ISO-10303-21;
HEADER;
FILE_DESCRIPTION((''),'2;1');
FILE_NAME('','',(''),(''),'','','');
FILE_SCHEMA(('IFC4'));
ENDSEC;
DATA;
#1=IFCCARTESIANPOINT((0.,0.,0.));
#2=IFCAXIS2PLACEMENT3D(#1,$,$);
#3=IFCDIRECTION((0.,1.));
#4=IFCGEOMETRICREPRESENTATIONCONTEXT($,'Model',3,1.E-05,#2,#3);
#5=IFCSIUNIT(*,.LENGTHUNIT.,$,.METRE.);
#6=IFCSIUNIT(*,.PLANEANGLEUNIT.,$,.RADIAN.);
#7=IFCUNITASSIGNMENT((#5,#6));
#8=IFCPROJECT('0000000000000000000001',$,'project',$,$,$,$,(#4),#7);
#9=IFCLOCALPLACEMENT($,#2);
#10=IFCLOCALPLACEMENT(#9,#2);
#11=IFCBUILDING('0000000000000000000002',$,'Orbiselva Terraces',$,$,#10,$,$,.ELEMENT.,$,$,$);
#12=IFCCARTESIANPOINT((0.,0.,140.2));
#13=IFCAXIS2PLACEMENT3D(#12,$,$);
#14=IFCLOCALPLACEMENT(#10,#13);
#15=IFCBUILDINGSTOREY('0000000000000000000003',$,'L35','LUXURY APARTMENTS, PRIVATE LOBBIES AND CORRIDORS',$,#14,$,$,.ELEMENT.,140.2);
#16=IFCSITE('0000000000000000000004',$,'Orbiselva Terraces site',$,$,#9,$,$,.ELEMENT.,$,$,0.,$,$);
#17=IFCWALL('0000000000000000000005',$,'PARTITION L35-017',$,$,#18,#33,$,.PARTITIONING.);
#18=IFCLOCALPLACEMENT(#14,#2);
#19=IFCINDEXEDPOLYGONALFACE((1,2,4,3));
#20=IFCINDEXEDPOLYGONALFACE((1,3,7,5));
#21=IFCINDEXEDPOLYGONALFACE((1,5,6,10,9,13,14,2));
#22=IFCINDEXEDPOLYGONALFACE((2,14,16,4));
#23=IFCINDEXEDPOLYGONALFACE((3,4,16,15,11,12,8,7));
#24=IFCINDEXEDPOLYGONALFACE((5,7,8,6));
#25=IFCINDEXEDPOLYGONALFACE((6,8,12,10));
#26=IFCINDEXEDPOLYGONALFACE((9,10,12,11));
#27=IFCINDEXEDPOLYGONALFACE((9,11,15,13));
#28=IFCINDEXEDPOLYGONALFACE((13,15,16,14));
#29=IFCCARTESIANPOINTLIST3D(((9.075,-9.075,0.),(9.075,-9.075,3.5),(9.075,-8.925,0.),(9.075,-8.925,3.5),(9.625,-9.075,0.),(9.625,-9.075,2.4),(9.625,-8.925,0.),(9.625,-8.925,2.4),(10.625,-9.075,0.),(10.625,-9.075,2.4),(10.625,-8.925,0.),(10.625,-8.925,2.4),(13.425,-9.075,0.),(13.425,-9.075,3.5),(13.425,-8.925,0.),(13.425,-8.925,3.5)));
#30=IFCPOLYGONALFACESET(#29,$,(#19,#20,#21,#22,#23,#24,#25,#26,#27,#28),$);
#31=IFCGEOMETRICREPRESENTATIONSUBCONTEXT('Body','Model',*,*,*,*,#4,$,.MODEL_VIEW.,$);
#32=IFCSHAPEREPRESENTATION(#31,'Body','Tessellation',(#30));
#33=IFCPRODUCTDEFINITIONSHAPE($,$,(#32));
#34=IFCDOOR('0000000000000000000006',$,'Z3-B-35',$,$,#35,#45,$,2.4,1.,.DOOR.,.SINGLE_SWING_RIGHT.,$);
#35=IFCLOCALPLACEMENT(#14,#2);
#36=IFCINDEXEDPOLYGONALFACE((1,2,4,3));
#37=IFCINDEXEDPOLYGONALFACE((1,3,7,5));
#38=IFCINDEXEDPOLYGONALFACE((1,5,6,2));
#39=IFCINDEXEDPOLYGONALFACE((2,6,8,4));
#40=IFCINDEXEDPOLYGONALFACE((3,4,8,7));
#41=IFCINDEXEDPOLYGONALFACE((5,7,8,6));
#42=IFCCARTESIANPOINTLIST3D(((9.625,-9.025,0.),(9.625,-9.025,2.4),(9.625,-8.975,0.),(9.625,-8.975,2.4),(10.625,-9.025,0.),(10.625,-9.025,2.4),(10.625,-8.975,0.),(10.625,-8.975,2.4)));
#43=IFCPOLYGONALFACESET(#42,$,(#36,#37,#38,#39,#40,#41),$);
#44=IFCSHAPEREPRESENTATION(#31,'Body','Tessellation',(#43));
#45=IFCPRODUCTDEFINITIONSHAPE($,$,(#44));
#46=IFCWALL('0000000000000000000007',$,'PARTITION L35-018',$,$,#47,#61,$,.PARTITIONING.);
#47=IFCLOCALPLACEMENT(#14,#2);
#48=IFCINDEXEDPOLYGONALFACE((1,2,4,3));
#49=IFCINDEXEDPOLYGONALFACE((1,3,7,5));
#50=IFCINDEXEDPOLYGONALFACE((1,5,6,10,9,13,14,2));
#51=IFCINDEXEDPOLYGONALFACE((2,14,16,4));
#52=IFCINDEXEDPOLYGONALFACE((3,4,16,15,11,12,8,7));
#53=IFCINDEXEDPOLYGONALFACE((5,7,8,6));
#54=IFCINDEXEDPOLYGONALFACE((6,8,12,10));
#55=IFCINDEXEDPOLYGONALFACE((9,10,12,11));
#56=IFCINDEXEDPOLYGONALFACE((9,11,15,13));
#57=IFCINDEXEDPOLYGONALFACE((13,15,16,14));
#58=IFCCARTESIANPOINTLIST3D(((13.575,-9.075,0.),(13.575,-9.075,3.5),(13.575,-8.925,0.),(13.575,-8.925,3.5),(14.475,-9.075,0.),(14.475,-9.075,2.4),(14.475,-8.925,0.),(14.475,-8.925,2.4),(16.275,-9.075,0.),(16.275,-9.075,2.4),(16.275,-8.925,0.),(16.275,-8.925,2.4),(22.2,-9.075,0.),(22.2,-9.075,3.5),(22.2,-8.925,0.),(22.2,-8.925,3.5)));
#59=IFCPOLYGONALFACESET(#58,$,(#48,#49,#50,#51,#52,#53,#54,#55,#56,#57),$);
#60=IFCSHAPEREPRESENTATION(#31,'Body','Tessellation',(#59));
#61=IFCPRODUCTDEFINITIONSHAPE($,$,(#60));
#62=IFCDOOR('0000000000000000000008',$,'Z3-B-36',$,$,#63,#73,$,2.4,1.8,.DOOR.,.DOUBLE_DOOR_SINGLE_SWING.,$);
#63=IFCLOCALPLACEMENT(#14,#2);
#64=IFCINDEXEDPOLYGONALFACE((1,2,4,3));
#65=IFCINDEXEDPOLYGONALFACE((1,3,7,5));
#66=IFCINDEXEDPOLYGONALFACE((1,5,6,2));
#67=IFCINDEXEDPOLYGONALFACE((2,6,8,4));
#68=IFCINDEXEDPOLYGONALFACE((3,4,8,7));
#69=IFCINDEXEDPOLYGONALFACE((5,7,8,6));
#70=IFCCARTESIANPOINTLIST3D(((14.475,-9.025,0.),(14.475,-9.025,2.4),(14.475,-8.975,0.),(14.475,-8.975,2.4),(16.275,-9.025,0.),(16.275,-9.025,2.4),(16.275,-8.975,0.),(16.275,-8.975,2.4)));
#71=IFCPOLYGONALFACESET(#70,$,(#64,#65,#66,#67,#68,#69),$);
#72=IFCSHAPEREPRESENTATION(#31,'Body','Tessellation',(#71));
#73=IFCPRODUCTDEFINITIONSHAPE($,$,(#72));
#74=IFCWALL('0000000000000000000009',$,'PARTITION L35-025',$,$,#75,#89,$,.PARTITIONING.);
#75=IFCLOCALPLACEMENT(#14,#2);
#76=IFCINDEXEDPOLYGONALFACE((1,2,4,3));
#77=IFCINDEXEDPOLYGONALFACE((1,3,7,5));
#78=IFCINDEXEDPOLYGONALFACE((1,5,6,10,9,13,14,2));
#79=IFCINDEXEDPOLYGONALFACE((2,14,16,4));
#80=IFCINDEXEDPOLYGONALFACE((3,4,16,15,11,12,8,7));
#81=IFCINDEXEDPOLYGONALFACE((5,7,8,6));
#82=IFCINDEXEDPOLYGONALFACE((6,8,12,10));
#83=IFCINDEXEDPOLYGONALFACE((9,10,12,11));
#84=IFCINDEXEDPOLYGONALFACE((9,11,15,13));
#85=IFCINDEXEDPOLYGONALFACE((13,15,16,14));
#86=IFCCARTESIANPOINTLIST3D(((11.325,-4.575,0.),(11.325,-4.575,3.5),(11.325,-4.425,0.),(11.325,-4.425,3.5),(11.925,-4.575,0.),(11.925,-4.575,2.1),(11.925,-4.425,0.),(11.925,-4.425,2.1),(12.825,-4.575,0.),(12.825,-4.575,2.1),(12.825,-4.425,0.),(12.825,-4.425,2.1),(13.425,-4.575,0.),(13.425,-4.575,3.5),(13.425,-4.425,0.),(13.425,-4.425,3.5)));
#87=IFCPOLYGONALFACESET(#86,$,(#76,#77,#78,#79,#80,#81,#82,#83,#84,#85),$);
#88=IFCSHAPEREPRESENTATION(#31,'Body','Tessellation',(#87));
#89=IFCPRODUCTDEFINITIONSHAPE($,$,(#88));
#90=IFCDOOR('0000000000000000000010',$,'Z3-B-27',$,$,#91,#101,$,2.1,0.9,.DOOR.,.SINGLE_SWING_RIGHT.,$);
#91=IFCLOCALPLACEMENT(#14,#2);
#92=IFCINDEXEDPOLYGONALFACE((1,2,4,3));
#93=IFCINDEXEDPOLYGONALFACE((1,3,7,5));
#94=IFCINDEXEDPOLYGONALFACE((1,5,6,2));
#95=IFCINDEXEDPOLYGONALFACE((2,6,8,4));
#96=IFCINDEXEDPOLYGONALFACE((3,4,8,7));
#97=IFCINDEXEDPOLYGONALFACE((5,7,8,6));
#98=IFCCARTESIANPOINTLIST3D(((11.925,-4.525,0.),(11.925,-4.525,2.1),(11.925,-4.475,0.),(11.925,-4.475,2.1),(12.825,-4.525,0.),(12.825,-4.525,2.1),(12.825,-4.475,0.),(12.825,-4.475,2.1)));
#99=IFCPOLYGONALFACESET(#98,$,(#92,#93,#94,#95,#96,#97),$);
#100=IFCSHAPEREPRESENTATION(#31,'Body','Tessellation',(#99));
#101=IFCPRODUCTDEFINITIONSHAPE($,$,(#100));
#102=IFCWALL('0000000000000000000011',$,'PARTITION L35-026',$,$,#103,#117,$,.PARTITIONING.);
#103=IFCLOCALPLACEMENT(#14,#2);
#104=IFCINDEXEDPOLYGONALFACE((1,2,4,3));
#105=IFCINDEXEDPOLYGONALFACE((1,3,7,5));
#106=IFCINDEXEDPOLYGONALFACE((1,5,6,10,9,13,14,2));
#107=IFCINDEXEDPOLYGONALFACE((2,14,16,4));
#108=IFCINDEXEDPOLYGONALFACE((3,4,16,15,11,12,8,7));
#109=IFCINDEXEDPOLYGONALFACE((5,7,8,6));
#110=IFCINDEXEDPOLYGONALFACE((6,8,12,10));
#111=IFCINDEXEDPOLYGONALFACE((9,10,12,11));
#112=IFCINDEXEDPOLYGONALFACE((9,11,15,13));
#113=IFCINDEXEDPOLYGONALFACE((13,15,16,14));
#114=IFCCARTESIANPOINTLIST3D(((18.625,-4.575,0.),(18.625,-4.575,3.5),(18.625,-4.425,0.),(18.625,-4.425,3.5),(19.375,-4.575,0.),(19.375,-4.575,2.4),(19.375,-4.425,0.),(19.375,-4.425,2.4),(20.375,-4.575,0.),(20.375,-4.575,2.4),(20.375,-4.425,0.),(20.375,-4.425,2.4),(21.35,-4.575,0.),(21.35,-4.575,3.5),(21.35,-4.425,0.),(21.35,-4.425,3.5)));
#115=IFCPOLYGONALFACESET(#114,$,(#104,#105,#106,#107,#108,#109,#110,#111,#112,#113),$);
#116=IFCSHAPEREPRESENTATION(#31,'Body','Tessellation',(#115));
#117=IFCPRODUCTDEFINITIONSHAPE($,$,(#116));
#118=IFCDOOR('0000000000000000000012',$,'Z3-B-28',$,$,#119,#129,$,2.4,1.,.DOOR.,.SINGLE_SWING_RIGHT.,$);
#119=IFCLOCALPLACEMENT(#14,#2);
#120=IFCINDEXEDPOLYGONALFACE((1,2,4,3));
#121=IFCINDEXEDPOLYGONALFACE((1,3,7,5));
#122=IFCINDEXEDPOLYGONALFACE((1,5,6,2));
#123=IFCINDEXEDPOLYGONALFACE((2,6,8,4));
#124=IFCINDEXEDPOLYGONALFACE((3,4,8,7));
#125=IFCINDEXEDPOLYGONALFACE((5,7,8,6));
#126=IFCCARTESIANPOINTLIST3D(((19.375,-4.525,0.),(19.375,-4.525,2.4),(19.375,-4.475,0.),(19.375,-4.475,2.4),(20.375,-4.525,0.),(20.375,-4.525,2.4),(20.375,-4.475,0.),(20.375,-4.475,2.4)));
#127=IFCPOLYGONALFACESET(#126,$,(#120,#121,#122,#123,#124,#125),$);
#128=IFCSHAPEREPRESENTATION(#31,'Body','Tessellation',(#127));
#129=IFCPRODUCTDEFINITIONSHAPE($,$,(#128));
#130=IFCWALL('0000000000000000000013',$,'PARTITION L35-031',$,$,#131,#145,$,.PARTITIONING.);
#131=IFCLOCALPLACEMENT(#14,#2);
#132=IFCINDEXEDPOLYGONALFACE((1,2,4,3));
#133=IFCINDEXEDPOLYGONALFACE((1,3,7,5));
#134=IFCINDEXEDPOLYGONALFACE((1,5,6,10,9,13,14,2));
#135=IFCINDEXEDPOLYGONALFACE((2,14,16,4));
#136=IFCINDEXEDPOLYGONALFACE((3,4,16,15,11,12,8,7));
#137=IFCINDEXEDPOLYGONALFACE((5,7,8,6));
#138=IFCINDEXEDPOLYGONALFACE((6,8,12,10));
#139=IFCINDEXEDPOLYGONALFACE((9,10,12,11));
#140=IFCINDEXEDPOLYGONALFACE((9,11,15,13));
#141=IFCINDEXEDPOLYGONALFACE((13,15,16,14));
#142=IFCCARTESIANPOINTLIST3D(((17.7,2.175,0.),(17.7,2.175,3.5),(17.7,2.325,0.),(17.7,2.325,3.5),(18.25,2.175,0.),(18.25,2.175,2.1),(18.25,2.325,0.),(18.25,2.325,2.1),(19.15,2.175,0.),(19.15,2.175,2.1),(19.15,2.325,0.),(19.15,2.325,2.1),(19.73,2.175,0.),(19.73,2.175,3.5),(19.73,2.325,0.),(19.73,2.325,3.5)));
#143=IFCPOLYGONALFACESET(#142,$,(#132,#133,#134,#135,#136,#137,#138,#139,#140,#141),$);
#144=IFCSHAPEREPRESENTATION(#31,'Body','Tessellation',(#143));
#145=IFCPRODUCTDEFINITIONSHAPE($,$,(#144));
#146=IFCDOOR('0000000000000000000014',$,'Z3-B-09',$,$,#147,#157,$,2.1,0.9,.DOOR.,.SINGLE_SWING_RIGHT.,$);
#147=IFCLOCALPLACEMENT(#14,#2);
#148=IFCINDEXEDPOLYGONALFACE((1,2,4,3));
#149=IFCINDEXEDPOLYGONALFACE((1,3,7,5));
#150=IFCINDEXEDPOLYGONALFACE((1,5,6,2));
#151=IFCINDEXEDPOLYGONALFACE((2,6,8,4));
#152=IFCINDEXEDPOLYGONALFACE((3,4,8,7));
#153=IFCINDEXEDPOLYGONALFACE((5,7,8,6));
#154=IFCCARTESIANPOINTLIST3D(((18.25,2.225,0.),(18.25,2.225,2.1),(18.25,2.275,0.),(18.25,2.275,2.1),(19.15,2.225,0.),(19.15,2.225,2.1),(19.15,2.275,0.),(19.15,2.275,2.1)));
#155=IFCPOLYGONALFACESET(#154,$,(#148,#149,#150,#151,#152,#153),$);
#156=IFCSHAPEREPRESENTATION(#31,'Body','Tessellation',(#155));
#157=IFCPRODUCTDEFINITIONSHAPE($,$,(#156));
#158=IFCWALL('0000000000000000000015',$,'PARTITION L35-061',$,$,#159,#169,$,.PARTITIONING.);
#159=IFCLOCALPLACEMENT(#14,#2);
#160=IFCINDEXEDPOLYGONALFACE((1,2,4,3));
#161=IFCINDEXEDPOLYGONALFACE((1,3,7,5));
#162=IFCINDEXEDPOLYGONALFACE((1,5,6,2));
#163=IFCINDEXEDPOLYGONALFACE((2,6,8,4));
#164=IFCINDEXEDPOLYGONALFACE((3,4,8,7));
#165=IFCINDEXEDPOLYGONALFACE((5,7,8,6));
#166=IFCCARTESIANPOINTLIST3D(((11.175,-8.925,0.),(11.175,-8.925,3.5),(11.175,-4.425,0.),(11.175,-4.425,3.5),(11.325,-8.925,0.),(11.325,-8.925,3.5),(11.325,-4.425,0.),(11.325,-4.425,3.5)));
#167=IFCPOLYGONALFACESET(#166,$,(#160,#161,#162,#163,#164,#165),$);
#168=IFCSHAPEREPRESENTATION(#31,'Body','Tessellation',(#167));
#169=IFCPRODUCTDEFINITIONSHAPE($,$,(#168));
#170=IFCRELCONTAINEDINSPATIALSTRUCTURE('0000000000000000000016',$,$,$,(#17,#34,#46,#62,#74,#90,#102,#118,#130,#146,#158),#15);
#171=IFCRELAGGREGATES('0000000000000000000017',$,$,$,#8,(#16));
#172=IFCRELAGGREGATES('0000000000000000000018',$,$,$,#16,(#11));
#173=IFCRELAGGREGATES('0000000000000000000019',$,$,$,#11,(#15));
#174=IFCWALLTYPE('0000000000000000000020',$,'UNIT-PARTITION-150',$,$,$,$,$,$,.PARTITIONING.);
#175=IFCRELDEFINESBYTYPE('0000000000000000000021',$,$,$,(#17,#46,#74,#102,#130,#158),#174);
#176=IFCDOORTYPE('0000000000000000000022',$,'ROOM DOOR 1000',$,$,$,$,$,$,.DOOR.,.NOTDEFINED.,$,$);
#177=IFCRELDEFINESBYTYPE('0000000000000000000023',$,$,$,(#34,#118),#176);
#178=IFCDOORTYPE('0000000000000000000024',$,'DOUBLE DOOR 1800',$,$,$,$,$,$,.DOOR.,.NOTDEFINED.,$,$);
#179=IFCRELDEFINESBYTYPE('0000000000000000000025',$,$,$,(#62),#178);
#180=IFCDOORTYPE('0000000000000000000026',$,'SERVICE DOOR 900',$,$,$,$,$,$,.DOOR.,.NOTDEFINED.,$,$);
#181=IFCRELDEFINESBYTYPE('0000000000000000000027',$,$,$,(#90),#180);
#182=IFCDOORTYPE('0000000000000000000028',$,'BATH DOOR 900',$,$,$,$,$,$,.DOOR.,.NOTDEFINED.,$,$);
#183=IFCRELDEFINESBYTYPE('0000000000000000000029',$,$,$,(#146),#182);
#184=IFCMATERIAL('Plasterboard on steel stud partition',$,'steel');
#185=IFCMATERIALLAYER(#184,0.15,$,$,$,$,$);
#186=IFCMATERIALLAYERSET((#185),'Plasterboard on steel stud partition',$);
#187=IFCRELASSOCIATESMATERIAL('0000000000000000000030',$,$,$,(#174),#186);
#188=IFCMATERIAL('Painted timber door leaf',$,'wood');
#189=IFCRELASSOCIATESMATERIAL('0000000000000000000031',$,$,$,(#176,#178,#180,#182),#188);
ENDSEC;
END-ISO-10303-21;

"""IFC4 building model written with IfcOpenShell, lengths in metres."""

from ifc_helpers import new_model, si_unit, direction, frame, frame_2d, origin, place, context, subcontext, project, spatial, rectangle, extrude, material, layer, layer_set, type_object, element, fill, save


model = new_model("IFC4")

# Units and contexts
model_context = context("Model", 3, precision=1e-05, world=origin(), true_north=direction((0.0, 1.0)))
body_context = subcontext(model_context, "Body", "Model", "MODEL_VIEW")
ifc_project = project(units=[si_unit("LENGTHUNIT", "METRE"), si_unit("PLANEANGLEUNIT", "RADIAN")], contexts=[model_context])

# Site, building, storey
site_placement = place(None, origin())
site = spatial("IfcSite", under=ifc_project, at=site_placement, Name="Orbiselva Terraces site", CompositionType="ELEMENT", RefElevation=0.0)
building_placement = place(site_placement, origin())
building = spatial("IfcBuilding", under=site, at=building_placement, Name="Orbiselva Terraces", CompositionType="ELEMENT")
storey_placement = place(building_placement, frame((0.0, 0.0, 140.2)))
storey = spatial("IfcBuildingStorey", under=building, at=storey_placement, Name="L35", Description="LUXURY APARTMENTS, PRIVATE LOBBIES AND CORRIDORS", CompositionType="ELEMENT", Elevation=140.2)

# Shared definitions
ifc_material_1 = material(Name="Plasterboard on steel stud partition", Category="steel")
ifc_material_2 = material(Name="Painted timber door leaf", Category="wood")

# Walls, openings, doors
ifc_layer_1 = layer(ifc_material_1, 0.15)
ifc_layer_set_1 = layer_set([ifc_layer_1], Name="Plasterboard on steel stud partition")
wall_type_1 = type_object("IfcWallType", Name="UNIT-PARTITION-150", PredefinedType="PARTITIONING", material=ifc_layer_set_1)
wall_1_placement = place(storey_placement, frame((13.425, -9.0, 0.0), z_axis=(0.0, 0.0, 1.0), x_axis=(-1.0, 0.0, 0.0)))
wall_1 = element("IfcWall", 1, at=wall_1_placement, inside=storey, type_object=wall_type_1, Name="PARTITION L35-017", PredefinedType="PARTITIONING", context=body_context, shape_type="SweptSolid", body=[
    extrude(rectangle(XDim=4.35, YDim=0.15, at=frame_2d((2.175, 0.0))), origin(), (0.0, 0.0, 1.0), 3.5),
])
opening_1_placement = place(wall_1_placement, frame((2.8, 0.0, 0.0)))
opening_1 = element("IfcOpeningElement", 2, at=opening_1_placement, cuts=wall_1, PredefinedType="OPENING", context=body_context, shape_type="SweptSolid", body=[
    extrude(rectangle(XDim=1.0, YDim=2.4, at=frame_2d((0.5, 1.2))), frame((0.0, 0.085, 0.0), z_axis=(0.0, -1.0, 0.0), x_axis=(1.0, 0.0, 0.0)), (0.0, 0.0, 1.0), 0.17),
])
door_type_1 = type_object("IfcDoorType", Name="ROOM DOOR 1000", OperationType="NOTDEFINED", PredefinedType="DOOR", material=ifc_material_2)
door_1_placement = place(opening_1_placement, origin())
door_1 = element("IfcDoor", 3, at=door_1_placement, inside=storey, type_object=door_type_1, Name="Z3-B-35", OperationType="SINGLE_SWING_RIGHT", OverallHeight=2.4, OverallWidth=1.0, PredefinedType="DOOR", context=body_context, shape_type="SweptSolid", body=[
    extrude(rectangle(XDim=1.0, YDim=2.4, at=frame_2d((0.5, 1.2))), frame((0.0, 0.025, 0.0), z_axis=(0.0, -1.0, 0.0), x_axis=(1.0, 0.0, 0.0)), (0.0, 0.0, 1.0), 0.05),
])
fill(opening_1, door_1)
wall_2_placement = place(storey_placement, frame((22.2, -9.0, 0.0), z_axis=(0.0, 0.0, 1.0), x_axis=(-1.0, 0.0, 0.0)))
wall_2 = element("IfcWall", 4, at=wall_2_placement, inside=storey, type_object=wall_type_1, Name="PARTITION L35-018", PredefinedType="PARTITIONING", context=body_context, shape_type="SweptSolid", body=[
    extrude(rectangle(XDim=8.625, YDim=0.15, at=frame_2d((4.3125, 0.0))), origin(), (0.0, 0.0, 1.0), 3.5),
])
opening_2_placement = place(wall_2_placement, frame((5.925, 0.0, 0.0)))
opening_2 = element("IfcOpeningElement", 5, at=opening_2_placement, cuts=wall_2, PredefinedType="OPENING", context=body_context, shape_type="SweptSolid", body=[
    extrude(rectangle(XDim=1.8, YDim=2.4, at=frame_2d((0.9, 1.2))), frame((0.0, 0.085, 0.0), z_axis=(0.0, -1.0, 0.0), x_axis=(1.0, 0.0, 0.0)), (0.0, 0.0, 1.0), 0.17),
])
door_type_2 = type_object("IfcDoorType", Name="DOUBLE DOOR 1800", OperationType="NOTDEFINED", PredefinedType="DOOR", material=ifc_material_2)
door_2_placement = place(opening_2_placement, origin())
door_2 = element("IfcDoor", 6, at=door_2_placement, inside=storey, type_object=door_type_2, Name="Z3-B-36", OperationType="DOUBLE_DOOR_SINGLE_SWING", OverallHeight=2.4, OverallWidth=1.8, PredefinedType="DOOR", context=body_context, shape_type="SweptSolid", body=[
    extrude(rectangle(XDim=1.8, YDim=2.4, at=frame_2d((0.9, 1.2))), frame((0.0, 0.025, 0.0), z_axis=(0.0, -1.0, 0.0), x_axis=(1.0, 0.0, 0.0)), (0.0, 0.0, 1.0), 0.05),
])
fill(opening_2, door_2)
wall_3_placement = place(storey_placement, frame((13.425, -4.5, 0.0), z_axis=(0.0, 0.0, 1.0), x_axis=(-1.0, 0.0, 0.0)))
wall_3 = element("IfcWall", 7, at=wall_3_placement, inside=storey, type_object=wall_type_1, Name="PARTITION L35-025", PredefinedType="PARTITIONING", context=body_context, shape_type="SweptSolid", body=[
    extrude(rectangle(XDim=2.1, YDim=0.15, at=frame_2d((1.05, 0.0))), origin(), (0.0, 0.0, 1.0), 3.5),
])
opening_3_placement = place(wall_3_placement, frame((0.6, 0.0, 0.0)))
opening_3 = element("IfcOpeningElement", 8, at=opening_3_placement, cuts=wall_3, PredefinedType="OPENING", context=body_context, shape_type="SweptSolid", body=[
    extrude(rectangle(XDim=0.9, YDim=2.1, at=frame_2d((0.45, 1.05))), frame((0.0, 0.085, 0.0), z_axis=(0.0, -1.0, 0.0), x_axis=(1.0, 0.0, 0.0)), (0.0, 0.0, 1.0), 0.17),
])
door_type_3 = type_object("IfcDoorType", Name="SERVICE DOOR 900", OperationType="NOTDEFINED", PredefinedType="DOOR", material=ifc_material_2)
door_3_placement = place(opening_3_placement, origin())
door_3 = element("IfcDoor", 9, at=door_3_placement, inside=storey, type_object=door_type_3, Name="Z3-B-27", OperationType="SINGLE_SWING_RIGHT", OverallHeight=2.1, OverallWidth=0.9, PredefinedType="DOOR", context=body_context, shape_type="SweptSolid", body=[
    extrude(rectangle(XDim=0.9, YDim=2.1, at=frame_2d((0.45, 1.05))), frame((0.0, 0.025, 0.0), z_axis=(0.0, -1.0, 0.0), x_axis=(1.0, 0.0, 0.0)), (0.0, 0.0, 1.0), 0.05),
])
fill(opening_3, door_3)
wall_4_placement = place(storey_placement, frame((21.35, -4.5, 0.0), z_axis=(0.0, 0.0, 1.0), x_axis=(-1.0, 0.0, 0.0)))
wall_4 = element("IfcWall", 10, at=wall_4_placement, inside=storey, type_object=wall_type_1, Name="PARTITION L35-026", PredefinedType="PARTITIONING", context=body_context, shape_type="SweptSolid", body=[
    extrude(rectangle(XDim=2.725, YDim=0.15, at=frame_2d((1.3625, 0.0))), origin(), (0.0, 0.0, 1.0), 3.5),
])
opening_4_placement = place(wall_4_placement, frame((0.975, 0.0, 0.0)))
opening_4 = element("IfcOpeningElement", 11, at=opening_4_placement, cuts=wall_4, PredefinedType="OPENING", context=body_context, shape_type="SweptSolid", body=[
    extrude(rectangle(XDim=1.0, YDim=2.4, at=frame_2d((0.5, 1.2))), frame((0.0, 0.085, 0.0), z_axis=(0.0, -1.0, 0.0), x_axis=(1.0, 0.0, 0.0)), (0.0, 0.0, 1.0), 0.17),
])
door_4_placement = place(opening_4_placement, origin())
door_4 = element("IfcDoor", 12, at=door_4_placement, inside=storey, type_object=door_type_1, Name="Z3-B-28", OperationType="SINGLE_SWING_RIGHT", OverallHeight=2.4, OverallWidth=1.0, PredefinedType="DOOR", context=body_context, shape_type="SweptSolid", body=[
    extrude(rectangle(XDim=1.0, YDim=2.4, at=frame_2d((0.5, 1.2))), frame((0.0, 0.025, 0.0), z_axis=(0.0, -1.0, 0.0), x_axis=(1.0, 0.0, 0.0)), (0.0, 0.0, 1.0), 0.05),
])
fill(opening_4, door_4)
wall_5_placement = place(storey_placement, frame((19.73, 2.25, 0.0), z_axis=(0.0, 0.0, 1.0), x_axis=(-1.0, 0.0, 0.0)))
wall_5 = element("IfcWall", 13, at=wall_5_placement, inside=storey, type_object=wall_type_1, Name="PARTITION L35-031", PredefinedType="PARTITIONING", context=body_context, shape_type="SweptSolid", body=[
    extrude(rectangle(XDim=2.03, YDim=0.15, at=frame_2d((1.015, 0.0))), origin(), (0.0, 0.0, 1.0), 3.5),
])
opening_5_placement = place(wall_5_placement, frame((0.58, 0.0, 0.0)))
opening_5 = element("IfcOpeningElement", 14, at=opening_5_placement, cuts=wall_5, PredefinedType="OPENING", context=body_context, shape_type="SweptSolid", body=[
    extrude(rectangle(XDim=0.9, YDim=2.1, at=frame_2d((0.45, 1.05))), frame((0.0, 0.085, 0.0), z_axis=(0.0, -1.0, 0.0), x_axis=(1.0, 0.0, 0.0)), (0.0, 0.0, 1.0), 0.17),
])
door_type_4 = type_object("IfcDoorType", Name="BATH DOOR 900", OperationType="NOTDEFINED", PredefinedType="DOOR", material=ifc_material_2)
door_5_placement = place(opening_5_placement, origin())
door_5 = element("IfcDoor", 15, at=door_5_placement, inside=storey, type_object=door_type_4, Name="Z3-B-09", OperationType="SINGLE_SWING_RIGHT", OverallHeight=2.1, OverallWidth=0.9, PredefinedType="DOOR", context=body_context, shape_type="SweptSolid", body=[
    extrude(rectangle(XDim=0.9, YDim=2.1, at=frame_2d((0.45, 1.05))), frame((0.0, 0.025, 0.0), z_axis=(0.0, -1.0, 0.0), x_axis=(1.0, 0.0, 0.0)), (0.0, 0.0, 1.0), 0.05),
])
fill(opening_5, door_5)

# Wall
for number, where, z_axis, x_axis, name in (
    (16, (11.25, -8.925, 0.0), (0.0, 0.0, 1.0), (0.0, 1.0, 0.0), "PARTITION L35-061"),
):
    element("IfcWall", number, at=place(storey_placement, frame(where, z_axis=z_axis, x_axis=x_axis)), inside=storey, type_object=wall_type_1, Name=name, PredefinedType="PARTITIONING", context=body_context, shape_type="SweptSolid", body=[
        extrude(rectangle(XDim=4.5, YDim=0.15, at=frame_2d((2.25, 0.0))), origin(), (0.0, 0.0, 1.0), 3.5),
    ])

save(model, "model.ifc")
